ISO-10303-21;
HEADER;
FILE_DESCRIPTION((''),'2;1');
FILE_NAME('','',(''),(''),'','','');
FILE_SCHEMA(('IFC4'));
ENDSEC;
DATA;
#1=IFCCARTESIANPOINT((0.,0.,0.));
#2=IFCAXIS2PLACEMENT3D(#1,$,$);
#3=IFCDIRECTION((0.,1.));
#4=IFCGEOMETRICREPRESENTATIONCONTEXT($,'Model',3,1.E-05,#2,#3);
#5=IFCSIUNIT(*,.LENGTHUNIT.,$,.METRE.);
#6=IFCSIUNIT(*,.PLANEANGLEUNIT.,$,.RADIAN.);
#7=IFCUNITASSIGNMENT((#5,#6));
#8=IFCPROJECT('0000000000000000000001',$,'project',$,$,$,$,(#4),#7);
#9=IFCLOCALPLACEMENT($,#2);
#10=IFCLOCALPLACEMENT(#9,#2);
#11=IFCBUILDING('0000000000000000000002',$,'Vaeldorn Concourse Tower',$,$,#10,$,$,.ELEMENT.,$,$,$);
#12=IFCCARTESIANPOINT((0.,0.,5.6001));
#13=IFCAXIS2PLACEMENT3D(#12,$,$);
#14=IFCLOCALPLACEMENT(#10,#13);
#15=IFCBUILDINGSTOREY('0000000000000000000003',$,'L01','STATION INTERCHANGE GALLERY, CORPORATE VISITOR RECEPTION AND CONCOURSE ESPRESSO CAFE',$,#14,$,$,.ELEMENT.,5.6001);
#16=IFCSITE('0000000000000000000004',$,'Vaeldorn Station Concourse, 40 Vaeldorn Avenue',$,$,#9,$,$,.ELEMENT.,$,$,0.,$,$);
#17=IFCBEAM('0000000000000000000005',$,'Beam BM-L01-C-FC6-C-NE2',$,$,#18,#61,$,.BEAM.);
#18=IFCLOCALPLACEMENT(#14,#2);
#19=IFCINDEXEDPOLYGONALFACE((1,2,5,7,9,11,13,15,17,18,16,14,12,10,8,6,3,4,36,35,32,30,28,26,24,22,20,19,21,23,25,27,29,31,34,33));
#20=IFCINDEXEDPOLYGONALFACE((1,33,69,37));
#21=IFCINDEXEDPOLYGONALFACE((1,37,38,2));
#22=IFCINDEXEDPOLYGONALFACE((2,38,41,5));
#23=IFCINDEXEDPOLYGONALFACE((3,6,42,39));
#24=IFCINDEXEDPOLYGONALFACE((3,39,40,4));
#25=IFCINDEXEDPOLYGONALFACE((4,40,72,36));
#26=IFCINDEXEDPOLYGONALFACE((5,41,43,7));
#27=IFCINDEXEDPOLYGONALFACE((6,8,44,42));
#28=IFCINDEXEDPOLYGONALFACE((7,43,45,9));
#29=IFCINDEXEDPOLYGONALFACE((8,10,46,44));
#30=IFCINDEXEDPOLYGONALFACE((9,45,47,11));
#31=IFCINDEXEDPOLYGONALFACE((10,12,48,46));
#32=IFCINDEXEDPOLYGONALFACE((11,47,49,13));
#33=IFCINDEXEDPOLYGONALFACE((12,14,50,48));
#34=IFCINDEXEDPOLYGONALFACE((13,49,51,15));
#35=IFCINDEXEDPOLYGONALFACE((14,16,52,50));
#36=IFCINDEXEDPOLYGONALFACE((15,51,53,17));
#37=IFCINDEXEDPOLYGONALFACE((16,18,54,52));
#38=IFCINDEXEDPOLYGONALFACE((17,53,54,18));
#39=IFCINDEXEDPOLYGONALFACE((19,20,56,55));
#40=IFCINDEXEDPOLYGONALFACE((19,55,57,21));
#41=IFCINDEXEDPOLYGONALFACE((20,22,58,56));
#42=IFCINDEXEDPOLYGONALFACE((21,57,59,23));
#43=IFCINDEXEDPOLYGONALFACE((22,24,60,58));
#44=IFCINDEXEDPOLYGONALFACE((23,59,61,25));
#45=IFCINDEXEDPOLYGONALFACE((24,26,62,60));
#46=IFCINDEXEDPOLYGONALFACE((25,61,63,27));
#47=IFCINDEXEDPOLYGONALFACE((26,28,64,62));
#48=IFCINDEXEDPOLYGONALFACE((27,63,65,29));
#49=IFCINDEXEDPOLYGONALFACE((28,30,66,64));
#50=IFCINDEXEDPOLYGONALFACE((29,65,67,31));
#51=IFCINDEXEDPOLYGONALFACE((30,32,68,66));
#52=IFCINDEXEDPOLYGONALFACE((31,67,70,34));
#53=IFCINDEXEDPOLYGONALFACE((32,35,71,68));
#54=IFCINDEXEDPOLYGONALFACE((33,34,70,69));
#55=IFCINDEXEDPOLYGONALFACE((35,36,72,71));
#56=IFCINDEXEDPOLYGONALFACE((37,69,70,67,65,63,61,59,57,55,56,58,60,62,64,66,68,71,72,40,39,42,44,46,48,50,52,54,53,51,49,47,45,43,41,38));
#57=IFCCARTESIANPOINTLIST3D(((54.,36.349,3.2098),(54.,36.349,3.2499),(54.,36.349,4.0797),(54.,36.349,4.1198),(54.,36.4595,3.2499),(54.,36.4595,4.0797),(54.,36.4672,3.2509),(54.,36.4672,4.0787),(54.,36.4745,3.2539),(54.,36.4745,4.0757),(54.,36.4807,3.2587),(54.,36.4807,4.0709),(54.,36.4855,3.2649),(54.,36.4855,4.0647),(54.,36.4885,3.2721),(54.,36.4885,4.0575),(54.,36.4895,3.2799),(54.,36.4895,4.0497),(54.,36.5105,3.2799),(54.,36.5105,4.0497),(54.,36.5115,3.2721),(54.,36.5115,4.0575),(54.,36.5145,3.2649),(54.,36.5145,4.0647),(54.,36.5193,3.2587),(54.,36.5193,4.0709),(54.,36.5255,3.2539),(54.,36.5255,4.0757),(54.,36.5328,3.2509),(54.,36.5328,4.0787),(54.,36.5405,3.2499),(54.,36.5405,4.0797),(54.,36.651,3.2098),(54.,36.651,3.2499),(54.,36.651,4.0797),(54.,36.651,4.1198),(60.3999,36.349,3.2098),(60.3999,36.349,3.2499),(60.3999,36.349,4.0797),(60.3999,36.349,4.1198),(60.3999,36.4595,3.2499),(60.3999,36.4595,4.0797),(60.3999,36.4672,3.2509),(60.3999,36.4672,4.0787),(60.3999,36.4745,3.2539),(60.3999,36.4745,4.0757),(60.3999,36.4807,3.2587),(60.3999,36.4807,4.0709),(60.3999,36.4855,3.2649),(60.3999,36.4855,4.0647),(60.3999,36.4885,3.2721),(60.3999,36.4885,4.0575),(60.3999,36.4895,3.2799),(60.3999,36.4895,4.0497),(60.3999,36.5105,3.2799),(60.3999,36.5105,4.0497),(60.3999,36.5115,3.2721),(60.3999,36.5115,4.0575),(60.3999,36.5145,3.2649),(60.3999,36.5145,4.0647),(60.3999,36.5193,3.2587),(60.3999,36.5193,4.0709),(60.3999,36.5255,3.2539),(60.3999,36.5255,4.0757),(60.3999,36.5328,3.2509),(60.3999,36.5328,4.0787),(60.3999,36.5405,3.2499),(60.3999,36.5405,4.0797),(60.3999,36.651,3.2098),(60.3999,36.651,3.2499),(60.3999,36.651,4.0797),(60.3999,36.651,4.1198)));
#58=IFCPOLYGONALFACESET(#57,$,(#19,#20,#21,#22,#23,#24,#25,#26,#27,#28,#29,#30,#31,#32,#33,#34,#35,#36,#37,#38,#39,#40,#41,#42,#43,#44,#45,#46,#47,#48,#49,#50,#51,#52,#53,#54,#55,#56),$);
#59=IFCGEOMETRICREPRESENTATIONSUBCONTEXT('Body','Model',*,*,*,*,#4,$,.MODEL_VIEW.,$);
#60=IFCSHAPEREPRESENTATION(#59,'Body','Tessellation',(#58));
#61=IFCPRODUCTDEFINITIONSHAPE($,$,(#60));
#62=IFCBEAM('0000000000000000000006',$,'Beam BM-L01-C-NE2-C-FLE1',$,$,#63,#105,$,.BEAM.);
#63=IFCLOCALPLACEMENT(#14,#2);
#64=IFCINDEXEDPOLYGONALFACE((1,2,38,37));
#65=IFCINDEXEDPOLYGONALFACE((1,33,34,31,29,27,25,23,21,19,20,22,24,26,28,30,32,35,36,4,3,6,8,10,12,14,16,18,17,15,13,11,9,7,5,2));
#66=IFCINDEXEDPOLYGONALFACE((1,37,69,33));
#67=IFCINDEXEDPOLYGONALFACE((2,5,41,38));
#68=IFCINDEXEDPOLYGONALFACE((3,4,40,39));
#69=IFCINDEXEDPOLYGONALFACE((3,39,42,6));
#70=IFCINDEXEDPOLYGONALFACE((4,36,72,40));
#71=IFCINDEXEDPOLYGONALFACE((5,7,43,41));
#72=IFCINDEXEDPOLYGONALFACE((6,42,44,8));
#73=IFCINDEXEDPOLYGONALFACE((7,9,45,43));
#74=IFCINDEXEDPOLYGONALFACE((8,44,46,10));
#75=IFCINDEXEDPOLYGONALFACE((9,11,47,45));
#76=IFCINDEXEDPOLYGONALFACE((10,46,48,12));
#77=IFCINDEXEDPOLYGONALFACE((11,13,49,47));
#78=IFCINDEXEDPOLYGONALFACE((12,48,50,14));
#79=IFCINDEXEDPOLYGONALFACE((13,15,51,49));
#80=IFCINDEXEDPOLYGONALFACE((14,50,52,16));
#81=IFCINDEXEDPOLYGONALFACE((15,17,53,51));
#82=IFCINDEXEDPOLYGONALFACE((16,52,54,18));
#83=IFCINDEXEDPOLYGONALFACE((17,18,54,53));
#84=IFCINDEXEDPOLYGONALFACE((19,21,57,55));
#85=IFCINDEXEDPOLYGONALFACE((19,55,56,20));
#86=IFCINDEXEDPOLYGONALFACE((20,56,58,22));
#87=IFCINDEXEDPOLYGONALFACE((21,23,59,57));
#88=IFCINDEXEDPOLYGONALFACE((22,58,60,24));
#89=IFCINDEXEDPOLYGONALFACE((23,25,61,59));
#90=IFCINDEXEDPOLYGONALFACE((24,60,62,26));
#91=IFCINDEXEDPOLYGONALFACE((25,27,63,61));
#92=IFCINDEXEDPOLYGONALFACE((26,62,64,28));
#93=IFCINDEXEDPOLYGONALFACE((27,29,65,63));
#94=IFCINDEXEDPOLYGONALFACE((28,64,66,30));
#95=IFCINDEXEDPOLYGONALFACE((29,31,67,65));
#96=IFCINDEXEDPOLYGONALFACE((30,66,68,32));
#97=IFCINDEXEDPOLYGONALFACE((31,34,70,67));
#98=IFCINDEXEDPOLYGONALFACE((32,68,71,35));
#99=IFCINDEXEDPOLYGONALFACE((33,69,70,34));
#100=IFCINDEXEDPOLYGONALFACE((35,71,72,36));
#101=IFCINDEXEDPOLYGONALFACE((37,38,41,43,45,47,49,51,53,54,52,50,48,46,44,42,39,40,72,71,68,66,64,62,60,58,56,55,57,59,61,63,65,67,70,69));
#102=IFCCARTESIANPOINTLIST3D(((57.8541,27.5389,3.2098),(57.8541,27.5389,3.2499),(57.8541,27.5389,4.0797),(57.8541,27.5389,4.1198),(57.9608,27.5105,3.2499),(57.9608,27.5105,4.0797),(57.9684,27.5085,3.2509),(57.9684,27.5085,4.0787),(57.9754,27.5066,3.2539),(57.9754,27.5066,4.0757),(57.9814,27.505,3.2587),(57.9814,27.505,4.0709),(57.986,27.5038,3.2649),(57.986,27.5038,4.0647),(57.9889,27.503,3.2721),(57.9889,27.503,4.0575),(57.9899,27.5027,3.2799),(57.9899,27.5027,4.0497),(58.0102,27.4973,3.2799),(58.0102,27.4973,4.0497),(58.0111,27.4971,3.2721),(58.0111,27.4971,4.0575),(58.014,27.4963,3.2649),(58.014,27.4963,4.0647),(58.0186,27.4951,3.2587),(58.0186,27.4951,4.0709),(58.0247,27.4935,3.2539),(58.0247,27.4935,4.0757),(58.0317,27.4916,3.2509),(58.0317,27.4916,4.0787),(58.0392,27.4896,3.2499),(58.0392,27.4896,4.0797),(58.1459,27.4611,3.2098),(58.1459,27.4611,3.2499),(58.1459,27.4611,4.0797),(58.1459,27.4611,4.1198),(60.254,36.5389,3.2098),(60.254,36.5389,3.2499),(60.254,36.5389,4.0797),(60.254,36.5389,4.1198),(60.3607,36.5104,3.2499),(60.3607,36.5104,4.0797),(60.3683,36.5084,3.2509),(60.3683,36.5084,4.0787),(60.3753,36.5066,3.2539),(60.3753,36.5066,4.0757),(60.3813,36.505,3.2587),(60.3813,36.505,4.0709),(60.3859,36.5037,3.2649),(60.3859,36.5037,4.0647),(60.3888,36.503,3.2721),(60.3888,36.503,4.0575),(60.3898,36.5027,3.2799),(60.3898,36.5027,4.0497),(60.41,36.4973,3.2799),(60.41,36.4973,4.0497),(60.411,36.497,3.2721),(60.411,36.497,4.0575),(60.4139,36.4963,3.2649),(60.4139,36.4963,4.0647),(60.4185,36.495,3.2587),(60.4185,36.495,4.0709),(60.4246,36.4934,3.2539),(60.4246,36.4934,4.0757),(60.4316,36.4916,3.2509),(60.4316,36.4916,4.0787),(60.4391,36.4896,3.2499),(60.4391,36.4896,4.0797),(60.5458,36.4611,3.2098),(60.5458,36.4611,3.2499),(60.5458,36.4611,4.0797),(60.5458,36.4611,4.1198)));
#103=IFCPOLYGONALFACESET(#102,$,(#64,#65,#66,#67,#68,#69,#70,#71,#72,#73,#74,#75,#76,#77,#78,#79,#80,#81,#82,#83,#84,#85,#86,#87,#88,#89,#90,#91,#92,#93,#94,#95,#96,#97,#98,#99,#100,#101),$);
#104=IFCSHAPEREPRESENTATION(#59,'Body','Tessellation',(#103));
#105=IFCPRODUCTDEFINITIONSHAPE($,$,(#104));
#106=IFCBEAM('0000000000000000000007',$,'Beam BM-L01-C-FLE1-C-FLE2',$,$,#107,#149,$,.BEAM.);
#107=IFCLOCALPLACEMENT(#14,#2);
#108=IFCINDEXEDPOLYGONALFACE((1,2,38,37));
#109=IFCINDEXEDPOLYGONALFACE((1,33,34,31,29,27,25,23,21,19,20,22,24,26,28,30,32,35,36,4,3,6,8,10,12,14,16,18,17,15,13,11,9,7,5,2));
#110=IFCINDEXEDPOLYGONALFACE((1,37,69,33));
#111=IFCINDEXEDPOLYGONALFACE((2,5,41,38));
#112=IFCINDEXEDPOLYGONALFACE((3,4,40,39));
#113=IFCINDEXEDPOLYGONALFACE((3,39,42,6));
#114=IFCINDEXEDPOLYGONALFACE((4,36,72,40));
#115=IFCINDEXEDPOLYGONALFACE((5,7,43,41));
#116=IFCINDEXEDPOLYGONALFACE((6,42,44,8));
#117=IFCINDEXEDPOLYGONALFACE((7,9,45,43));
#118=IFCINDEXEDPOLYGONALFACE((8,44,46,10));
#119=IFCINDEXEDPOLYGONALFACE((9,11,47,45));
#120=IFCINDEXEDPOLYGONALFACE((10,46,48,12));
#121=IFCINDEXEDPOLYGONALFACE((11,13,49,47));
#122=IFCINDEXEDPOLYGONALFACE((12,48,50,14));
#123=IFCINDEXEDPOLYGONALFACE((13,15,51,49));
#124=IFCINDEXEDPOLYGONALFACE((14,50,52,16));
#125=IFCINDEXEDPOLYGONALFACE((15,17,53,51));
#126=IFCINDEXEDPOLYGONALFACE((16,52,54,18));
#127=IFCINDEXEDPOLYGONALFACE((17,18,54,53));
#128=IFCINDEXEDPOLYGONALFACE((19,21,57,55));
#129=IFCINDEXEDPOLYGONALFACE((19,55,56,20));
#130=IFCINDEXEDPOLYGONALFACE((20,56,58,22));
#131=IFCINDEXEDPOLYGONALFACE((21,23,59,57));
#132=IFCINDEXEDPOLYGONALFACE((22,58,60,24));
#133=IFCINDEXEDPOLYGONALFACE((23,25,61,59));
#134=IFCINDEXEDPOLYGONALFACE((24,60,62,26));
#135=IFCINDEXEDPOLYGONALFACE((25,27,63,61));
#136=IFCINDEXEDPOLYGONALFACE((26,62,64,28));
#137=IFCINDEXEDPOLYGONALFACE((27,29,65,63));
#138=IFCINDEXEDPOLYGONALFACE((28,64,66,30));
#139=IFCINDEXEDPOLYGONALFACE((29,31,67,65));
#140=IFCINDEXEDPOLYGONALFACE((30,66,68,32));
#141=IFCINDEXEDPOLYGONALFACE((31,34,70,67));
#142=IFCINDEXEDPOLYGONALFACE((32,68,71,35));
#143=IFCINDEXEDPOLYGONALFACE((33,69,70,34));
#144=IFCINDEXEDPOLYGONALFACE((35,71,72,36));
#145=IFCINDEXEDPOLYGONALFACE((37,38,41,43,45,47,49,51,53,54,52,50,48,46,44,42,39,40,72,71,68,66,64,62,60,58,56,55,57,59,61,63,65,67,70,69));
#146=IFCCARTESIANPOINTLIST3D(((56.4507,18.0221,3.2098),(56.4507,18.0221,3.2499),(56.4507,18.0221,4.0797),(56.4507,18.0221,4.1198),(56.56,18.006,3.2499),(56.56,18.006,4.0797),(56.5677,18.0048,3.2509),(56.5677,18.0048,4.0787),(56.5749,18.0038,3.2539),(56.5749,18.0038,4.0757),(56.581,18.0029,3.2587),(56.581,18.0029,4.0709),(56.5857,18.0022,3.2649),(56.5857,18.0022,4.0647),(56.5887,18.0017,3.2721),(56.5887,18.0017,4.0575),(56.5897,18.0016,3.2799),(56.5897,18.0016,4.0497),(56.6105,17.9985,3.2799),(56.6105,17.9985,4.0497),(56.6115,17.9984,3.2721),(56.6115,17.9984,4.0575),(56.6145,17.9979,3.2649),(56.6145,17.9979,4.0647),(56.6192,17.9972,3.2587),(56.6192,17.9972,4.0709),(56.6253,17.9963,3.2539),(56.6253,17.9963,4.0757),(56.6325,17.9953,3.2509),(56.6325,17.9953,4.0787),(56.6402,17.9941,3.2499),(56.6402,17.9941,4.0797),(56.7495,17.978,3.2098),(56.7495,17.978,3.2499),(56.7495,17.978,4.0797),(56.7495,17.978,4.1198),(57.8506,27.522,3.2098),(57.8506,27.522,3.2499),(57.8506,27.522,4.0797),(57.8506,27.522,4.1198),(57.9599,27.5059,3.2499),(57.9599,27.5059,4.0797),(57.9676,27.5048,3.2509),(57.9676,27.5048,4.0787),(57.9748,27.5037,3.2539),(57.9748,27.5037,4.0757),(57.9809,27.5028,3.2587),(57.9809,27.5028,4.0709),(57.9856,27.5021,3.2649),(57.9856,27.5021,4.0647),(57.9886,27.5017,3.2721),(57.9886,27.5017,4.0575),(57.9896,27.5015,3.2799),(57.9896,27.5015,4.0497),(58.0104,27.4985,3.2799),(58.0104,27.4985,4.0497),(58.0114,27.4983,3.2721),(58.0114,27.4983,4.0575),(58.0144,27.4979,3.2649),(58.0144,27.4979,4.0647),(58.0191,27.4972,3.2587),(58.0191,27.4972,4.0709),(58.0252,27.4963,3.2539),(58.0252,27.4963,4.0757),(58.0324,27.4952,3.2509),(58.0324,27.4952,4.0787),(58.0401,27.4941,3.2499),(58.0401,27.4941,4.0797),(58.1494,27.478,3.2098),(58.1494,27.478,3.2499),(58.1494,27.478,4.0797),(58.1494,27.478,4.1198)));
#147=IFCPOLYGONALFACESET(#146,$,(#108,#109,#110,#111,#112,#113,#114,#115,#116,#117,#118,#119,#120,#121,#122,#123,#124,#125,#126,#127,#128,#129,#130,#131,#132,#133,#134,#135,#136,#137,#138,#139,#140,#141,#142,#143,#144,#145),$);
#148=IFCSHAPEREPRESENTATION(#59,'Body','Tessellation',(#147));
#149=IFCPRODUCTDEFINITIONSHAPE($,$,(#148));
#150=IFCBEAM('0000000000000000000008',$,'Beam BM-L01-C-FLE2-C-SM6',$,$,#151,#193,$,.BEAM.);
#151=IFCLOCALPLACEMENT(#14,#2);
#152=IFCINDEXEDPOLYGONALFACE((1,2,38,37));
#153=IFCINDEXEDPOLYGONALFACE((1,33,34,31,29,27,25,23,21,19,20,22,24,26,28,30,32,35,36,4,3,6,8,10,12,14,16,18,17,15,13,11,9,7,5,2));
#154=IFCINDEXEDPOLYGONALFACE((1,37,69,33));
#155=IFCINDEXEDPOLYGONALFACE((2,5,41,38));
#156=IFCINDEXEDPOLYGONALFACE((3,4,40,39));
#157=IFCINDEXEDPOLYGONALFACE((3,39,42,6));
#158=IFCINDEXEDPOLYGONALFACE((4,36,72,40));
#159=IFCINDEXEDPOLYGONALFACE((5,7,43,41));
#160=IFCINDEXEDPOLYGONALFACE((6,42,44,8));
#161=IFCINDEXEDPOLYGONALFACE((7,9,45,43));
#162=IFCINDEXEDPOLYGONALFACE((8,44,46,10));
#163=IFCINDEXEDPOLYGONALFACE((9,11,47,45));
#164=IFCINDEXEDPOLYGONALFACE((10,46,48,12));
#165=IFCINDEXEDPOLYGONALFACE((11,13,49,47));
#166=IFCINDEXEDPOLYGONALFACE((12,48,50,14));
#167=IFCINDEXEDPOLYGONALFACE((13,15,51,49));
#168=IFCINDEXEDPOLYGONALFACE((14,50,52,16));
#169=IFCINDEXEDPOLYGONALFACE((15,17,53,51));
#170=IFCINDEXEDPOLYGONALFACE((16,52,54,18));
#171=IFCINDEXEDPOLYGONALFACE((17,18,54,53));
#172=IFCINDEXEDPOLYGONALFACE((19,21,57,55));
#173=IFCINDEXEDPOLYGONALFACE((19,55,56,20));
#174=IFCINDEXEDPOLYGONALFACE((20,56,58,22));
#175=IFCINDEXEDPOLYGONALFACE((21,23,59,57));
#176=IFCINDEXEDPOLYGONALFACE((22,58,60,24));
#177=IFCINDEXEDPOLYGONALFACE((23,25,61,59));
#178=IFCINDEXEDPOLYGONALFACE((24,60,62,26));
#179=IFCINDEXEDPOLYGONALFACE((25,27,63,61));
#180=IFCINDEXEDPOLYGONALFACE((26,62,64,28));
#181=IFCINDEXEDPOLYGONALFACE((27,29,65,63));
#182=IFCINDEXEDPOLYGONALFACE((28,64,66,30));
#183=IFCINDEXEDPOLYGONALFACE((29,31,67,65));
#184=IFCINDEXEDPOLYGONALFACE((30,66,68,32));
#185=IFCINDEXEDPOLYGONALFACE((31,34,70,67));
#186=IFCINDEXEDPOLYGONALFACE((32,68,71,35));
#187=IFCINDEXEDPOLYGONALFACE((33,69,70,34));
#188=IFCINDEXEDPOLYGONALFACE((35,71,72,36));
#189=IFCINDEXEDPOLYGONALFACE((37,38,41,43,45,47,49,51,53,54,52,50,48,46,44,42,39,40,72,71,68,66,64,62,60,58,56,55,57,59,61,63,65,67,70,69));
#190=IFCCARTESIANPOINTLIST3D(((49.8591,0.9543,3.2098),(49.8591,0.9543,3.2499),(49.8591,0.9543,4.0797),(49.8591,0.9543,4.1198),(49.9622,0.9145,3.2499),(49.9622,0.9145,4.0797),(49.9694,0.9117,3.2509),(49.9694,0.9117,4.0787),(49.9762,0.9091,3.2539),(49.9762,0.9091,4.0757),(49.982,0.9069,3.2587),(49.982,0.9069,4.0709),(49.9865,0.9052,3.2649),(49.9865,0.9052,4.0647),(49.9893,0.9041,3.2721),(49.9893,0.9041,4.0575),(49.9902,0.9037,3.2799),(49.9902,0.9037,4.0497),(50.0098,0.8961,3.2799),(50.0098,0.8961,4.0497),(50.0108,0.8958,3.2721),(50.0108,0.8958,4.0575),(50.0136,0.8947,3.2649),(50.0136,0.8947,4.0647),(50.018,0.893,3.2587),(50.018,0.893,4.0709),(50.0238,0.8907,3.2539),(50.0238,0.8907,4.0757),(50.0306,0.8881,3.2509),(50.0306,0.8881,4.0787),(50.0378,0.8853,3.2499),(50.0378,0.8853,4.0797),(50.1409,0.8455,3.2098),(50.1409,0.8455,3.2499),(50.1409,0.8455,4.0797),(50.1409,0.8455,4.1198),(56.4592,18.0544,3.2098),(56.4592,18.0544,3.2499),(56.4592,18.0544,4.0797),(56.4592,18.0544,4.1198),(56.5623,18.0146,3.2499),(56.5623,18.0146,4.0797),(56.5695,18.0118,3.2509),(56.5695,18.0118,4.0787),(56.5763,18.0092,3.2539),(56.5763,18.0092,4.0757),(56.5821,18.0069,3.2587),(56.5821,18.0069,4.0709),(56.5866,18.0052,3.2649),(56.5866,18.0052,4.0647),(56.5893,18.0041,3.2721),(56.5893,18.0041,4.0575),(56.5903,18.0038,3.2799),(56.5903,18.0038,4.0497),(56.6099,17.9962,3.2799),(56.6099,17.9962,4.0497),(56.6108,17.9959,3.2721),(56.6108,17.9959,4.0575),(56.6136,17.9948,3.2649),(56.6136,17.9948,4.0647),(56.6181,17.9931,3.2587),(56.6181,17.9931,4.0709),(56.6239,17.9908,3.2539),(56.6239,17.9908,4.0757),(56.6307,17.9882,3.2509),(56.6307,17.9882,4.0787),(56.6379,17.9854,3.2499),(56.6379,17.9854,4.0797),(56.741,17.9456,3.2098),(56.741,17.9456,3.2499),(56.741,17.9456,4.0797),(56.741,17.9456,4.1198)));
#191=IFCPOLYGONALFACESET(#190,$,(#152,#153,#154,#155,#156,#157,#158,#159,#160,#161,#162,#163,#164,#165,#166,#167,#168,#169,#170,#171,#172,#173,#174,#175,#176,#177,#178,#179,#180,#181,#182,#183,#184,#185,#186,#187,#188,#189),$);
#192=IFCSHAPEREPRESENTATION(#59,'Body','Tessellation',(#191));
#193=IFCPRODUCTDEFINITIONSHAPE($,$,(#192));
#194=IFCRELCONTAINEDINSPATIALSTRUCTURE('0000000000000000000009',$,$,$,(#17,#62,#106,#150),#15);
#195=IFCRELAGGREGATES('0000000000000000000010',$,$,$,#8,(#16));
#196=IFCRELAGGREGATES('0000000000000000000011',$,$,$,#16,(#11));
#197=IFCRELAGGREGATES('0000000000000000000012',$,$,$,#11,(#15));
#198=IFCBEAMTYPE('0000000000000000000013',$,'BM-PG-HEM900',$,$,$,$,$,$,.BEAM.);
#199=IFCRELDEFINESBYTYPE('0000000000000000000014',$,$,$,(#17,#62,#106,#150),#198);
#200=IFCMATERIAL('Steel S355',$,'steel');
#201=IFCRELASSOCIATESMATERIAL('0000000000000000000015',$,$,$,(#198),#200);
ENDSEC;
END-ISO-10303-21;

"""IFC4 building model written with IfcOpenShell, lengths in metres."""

from ifc_helpers import new_model, si_unit, direction, frame, origin, origin_2d, place, context, subcontext, project, spatial, i_section, extrude, source, transform, mapped, material, material_profile, profile_set, type_object, element, save


model = new_model("IFC4")

# Units and contexts
model_context = context("Model", 3, precision=1e-05, world=origin(), true_north=direction((0.0, 1.0)))
body_context = subcontext(model_context, "Body", "Model", "MODEL_VIEW")
ifc_project = project(units=[si_unit("LENGTHUNIT", "METRE"), si_unit("PLANEANGLEUNIT", "RADIAN")], contexts=[model_context])

# Site, building, storey
site_placement = place(None, origin())
site = spatial("IfcSite", under=ifc_project, at=site_placement, Name="Vaeldorn Station Concourse, 40 Vaeldorn Avenue", CompositionType="ELEMENT", RefElevation=0.0)
building_placement = place(site_placement, origin())
building = spatial("IfcBuilding", under=site, at=building_placement, Name="Vaeldorn Concourse Tower", CompositionType="ELEMENT")
storey_placement = place(building_placement, frame((0.0, 0.0, 5.6001)))
storey = spatial("IfcBuildingStorey", under=building, at=storey_placement, Name="L01", Description="STATION INTERCHANGE GALLERY, CORPORATE VISITOR RECEPTION AND CONCOURSE ESPRESSO CAFE", CompositionType="ELEMENT", Elevation=5.6001)

# Beams
ifc_material_1 = material(Name="Steel S355", Category="steel")
ifc_material_profile_1 = material_profile(ifc_material_1, i_section(OverallWidth=0.302, OverallDepth=0.9099, WebThickness=0.021, FlangeThickness=0.04, FilletRadius=0.03, at=origin_2d()), Name="HEM 900")
ifc_profile_set_1 = profile_set([ifc_material_profile_1], Name="Steel S355")
beam_type_1 = type_object("IfcBeamType", Name="BM-PG-HEM900", PredefinedType="BEAM", material=ifc_profile_set_1)
shared_shape_1 = source(origin(), body_context, "Body", "SweptSolid", [
    extrude(i_section(OverallWidth=0.302, OverallDepth=0.9099, WebThickness=0.021, FlangeThickness=0.04, FilletRadius=0.03, at=origin_2d()), origin(), (0.0, 0.0, 1.0), 6.3999),
])
beam_1_placement = place(storey_placement, frame((54.0, 36.5, 3.6648), z_axis=(1.0, 0.0, 0.0), x_axis=(0.0, 1.0, 0.0)))
element("IfcBeam", 1, at=beam_1_placement, inside=storey, type_object=beam_type_1, Name="Beam BM-L01-C-FC6-C-NE2", PredefinedType="BEAM", context=body_context, shape_type="MappedRepresentation", body=[
    mapped(shared_shape_1, transform((0.0, 0.0, 0.0), scale=1.0)),
])
shared_shape_2 = source(origin(), body_context, "Body", "SweptSolid", [
    extrude(i_section(OverallWidth=0.302, OverallDepth=0.9099, WebThickness=0.021, FlangeThickness=0.04, FilletRadius=0.03, at=origin_2d()), origin(), (0.0, 0.0, 1.0), 9.3145),
])
beam_2_placement = place(storey_placement, frame((60.3999, 36.5, 3.6648), z_axis=(-0.257653, -0.966238, 0.0), x_axis=(0.966238, -0.257653, 0.0)))
element("IfcBeam", 2, at=beam_2_placement, inside=storey, type_object=beam_type_1, Name="Beam BM-L01-C-NE2-C-FLE1", PredefinedType="BEAM", context=body_context, shape_type="MappedRepresentation", body=[
    mapped(shared_shape_2, transform((0.0, 0.0, 0.0), scale=1.0)),
])
shared_shape_3 = source(origin(), body_context, "Body", "SweptSolid", [
    extrude(i_section(OverallWidth=0.302, OverallDepth=0.9099, WebThickness=0.021, FlangeThickness=0.04, FilletRadius=0.03, at=origin_2d()), origin(), (0.0, 0.0, 1.0), 9.6025),
])
beam_3_placement = place(storey_placement, frame((58.0, 27.5, 3.6648), z_axis=(-0.145784, -0.989316, 0.0), x_axis=(0.989316, -0.145784, 0.0)))
element("IfcBeam", 3, at=beam_3_placement, inside=storey, type_object=beam_type_1, Name="Beam BM-L01-C-FLE1-C-FLE2", PredefinedType="BEAM", context=body_context, shape_type="MappedRepresentation", body=[
    mapped(shared_shape_3, transform((0.0, 0.0, 0.0), scale=1.0)),
])
shared_shape_4 = source(origin(), body_context, "Body", "SweptSolid", [
    extrude(i_section(OverallWidth=0.302, OverallDepth=0.9099, WebThickness=0.021, FlangeThickness=0.04, FilletRadius=0.03, at=origin_2d()), origin(), (0.0, 0.0, 1.0), 18.3296),
])
beam_4_placement = place(storey_placement, frame((56.6001, 18.0, 3.6648), z_axis=(-0.360078, -0.932922, 0.0), x_axis=(0.932922, -0.360078, 0.0)))
element("IfcBeam", 4, at=beam_4_placement, inside=storey, type_object=beam_type_1, Name="Beam BM-L01-C-FLE2-C-SM6", PredefinedType="BEAM", context=body_context, shape_type="MappedRepresentation", body=[
    mapped(shared_shape_4, transform((0.0, 0.0, 0.0), scale=1.0)),
])

save(model, "model.ifc")
